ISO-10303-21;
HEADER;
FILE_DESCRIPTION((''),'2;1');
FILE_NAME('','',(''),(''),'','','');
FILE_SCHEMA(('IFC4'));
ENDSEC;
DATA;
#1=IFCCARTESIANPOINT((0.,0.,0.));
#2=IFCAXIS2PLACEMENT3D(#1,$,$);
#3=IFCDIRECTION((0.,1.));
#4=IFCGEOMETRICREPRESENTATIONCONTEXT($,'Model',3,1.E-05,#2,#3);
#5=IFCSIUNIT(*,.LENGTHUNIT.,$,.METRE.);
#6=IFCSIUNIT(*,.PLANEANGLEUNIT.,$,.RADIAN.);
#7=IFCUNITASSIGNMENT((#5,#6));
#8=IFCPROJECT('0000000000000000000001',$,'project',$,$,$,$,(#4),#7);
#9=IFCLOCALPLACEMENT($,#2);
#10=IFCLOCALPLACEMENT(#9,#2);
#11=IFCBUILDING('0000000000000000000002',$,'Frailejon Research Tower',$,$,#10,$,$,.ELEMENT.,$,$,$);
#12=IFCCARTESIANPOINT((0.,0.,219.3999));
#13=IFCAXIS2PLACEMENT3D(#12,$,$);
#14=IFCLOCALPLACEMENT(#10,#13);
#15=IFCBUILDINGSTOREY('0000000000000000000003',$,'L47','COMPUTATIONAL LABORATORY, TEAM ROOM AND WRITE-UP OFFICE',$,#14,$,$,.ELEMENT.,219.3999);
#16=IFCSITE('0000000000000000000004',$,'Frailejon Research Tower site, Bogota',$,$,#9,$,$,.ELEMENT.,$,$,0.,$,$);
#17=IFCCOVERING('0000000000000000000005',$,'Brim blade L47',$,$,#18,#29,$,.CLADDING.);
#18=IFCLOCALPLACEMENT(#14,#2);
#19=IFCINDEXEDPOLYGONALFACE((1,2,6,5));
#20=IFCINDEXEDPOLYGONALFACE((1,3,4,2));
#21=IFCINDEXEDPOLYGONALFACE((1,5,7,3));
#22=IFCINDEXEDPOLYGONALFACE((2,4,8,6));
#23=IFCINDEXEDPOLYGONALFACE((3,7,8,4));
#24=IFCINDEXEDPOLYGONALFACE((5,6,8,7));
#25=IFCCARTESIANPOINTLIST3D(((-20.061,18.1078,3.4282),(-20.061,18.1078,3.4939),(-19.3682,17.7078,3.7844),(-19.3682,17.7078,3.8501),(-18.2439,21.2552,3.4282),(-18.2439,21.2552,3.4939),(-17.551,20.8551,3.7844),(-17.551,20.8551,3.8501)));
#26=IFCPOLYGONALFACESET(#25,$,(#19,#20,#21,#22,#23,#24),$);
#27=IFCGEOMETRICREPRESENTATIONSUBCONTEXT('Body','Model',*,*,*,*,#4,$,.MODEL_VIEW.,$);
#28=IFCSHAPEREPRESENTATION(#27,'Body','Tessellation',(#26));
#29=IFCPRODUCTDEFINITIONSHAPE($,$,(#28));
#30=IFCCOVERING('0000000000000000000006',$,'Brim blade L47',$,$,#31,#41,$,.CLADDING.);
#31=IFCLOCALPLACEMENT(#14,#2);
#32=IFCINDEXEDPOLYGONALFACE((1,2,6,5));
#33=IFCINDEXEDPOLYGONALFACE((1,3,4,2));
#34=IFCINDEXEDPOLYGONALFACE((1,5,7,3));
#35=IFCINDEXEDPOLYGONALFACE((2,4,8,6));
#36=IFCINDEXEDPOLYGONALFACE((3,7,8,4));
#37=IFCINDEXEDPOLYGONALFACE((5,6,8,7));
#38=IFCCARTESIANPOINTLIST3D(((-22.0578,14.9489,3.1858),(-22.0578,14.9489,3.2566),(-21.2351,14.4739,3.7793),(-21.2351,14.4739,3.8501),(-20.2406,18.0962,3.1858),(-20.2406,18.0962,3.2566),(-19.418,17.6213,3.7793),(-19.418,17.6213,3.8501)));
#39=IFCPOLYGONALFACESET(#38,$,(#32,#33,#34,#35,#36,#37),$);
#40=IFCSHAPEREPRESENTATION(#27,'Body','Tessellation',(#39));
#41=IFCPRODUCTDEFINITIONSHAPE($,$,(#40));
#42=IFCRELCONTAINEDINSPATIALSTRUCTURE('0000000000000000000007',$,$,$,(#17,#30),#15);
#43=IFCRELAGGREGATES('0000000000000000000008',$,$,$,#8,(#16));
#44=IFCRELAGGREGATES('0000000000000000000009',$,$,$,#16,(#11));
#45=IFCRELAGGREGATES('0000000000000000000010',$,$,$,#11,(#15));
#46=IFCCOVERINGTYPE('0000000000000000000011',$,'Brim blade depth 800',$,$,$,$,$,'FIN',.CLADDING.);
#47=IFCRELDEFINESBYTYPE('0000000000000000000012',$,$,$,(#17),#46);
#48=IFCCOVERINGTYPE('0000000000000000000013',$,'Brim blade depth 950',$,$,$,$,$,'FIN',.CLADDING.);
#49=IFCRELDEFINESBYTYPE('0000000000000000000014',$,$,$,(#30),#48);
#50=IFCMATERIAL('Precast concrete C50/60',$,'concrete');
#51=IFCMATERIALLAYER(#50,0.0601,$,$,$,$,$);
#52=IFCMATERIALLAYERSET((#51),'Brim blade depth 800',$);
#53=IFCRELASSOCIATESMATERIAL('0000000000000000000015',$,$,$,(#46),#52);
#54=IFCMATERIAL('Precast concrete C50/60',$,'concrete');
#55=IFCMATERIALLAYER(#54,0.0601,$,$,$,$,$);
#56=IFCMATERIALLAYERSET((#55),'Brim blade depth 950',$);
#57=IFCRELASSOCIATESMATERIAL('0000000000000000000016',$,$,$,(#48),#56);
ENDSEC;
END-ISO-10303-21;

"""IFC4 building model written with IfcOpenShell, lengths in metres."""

from ifc_helpers import new_model, si_unit, direction, frame, origin, place, context, subcontext, project, spatial, polyline, outline, extrude, material, layer, layer_set, type_object, element, save


model = new_model("IFC4")

# Units and contexts
model_context = context("Model", 3, precision=1e-05, world=origin(), true_north=direction((0.0, 1.0)))
body_context = subcontext(model_context, "Body", "Model", "MODEL_VIEW")
ifc_project = project(units=[si_unit("LENGTHUNIT", "METRE"), si_unit("PLANEANGLEUNIT", "RADIAN")], contexts=[model_context])

# Site, building, storey
site_placement = place(None, origin())
site = spatial("IfcSite", under=ifc_project, at=site_placement, Name="Frailejon Research Tower site, Bogota", CompositionType="ELEMENT", RefElevation=0.0)
building_placement = place(site_placement, origin())
building = spatial("IfcBuilding", under=site, at=building_placement, Name="Frailejon Research Tower", CompositionType="ELEMENT")
storey_placement = place(building_placement, frame((0.0, 0.0, 219.3999)))
storey = spatial("IfcBuildingStorey", under=building, at=storey_placement, Name="L47", Description="COMPUTATIONAL LABORATORY, TEAM ROOM AND WRITE-UP OFFICE", CompositionType="ELEMENT", Elevation=219.3999)

# Coverings
ifc_material_1 = material(Name="Precast concrete C50/60", Category="concrete")
ifc_layer_1 = layer(ifc_material_1, 0.0601)
ifc_layer_set_1 = layer_set([ifc_layer_1], Name="Brim blade depth 800")
covering_type_1 = type_object("IfcCoveringType", Name="Brim blade depth 800", ElementType="FIN", PredefinedType="CLADDING", material=ifc_layer_set_1)
covering_1_placement = place(storey_placement, frame((-19.3682, 17.7078, 3.8501), z_axis=(0.500001, 0.866025, 0.0), x_axis=(-0.866025, 0.500001, 0.0)))
element("IfcCovering", 1, at=covering_1_placement, inside=storey, type_object=covering_type_1, Name="Brim blade L47", PredefinedType="CLADDING", context=body_context, shape_type="SweptSolid", body=[
    extrude(outline(polyline([(0.0, -0.0657), (0.8, -0.4219), (0.8, -0.3562), (0.0, 0.0), (0.0, -0.0657)])), origin(), (0.0, 0.0, 1.0), 3.6343),
])
ifc_material_2 = material(Name="Precast concrete C50/60", Category="concrete")
ifc_layer_2 = layer(ifc_material_2, 0.0601)
ifc_layer_set_2 = layer_set([ifc_layer_2], Name="Brim blade depth 950")
covering_type_2 = type_object("IfcCoveringType", Name="Brim blade depth 950", ElementType="FIN", PredefinedType="CLADDING", material=ifc_layer_set_2)
covering_2_placement = place(storey_placement, frame((-21.2351, 14.4739, 3.8501), z_axis=(0.500001, 0.866025, 0.0), x_axis=(-0.866025, 0.500001, 0.0)))
element("IfcCovering", 2, at=covering_2_placement, inside=storey, type_object=covering_type_2, Name="Brim blade L47", PredefinedType="CLADDING", context=body_context, shape_type="SweptSolid", body=[
    extrude(outline(polyline([(0.0, -0.0708), (0.95, -0.6643), (0.95, -0.5935), (0.0, 0.0), (0.0, -0.0708)])), origin(), (0.0, 0.0, 1.0), 3.6343),
])

save(model, "model.ifc")
